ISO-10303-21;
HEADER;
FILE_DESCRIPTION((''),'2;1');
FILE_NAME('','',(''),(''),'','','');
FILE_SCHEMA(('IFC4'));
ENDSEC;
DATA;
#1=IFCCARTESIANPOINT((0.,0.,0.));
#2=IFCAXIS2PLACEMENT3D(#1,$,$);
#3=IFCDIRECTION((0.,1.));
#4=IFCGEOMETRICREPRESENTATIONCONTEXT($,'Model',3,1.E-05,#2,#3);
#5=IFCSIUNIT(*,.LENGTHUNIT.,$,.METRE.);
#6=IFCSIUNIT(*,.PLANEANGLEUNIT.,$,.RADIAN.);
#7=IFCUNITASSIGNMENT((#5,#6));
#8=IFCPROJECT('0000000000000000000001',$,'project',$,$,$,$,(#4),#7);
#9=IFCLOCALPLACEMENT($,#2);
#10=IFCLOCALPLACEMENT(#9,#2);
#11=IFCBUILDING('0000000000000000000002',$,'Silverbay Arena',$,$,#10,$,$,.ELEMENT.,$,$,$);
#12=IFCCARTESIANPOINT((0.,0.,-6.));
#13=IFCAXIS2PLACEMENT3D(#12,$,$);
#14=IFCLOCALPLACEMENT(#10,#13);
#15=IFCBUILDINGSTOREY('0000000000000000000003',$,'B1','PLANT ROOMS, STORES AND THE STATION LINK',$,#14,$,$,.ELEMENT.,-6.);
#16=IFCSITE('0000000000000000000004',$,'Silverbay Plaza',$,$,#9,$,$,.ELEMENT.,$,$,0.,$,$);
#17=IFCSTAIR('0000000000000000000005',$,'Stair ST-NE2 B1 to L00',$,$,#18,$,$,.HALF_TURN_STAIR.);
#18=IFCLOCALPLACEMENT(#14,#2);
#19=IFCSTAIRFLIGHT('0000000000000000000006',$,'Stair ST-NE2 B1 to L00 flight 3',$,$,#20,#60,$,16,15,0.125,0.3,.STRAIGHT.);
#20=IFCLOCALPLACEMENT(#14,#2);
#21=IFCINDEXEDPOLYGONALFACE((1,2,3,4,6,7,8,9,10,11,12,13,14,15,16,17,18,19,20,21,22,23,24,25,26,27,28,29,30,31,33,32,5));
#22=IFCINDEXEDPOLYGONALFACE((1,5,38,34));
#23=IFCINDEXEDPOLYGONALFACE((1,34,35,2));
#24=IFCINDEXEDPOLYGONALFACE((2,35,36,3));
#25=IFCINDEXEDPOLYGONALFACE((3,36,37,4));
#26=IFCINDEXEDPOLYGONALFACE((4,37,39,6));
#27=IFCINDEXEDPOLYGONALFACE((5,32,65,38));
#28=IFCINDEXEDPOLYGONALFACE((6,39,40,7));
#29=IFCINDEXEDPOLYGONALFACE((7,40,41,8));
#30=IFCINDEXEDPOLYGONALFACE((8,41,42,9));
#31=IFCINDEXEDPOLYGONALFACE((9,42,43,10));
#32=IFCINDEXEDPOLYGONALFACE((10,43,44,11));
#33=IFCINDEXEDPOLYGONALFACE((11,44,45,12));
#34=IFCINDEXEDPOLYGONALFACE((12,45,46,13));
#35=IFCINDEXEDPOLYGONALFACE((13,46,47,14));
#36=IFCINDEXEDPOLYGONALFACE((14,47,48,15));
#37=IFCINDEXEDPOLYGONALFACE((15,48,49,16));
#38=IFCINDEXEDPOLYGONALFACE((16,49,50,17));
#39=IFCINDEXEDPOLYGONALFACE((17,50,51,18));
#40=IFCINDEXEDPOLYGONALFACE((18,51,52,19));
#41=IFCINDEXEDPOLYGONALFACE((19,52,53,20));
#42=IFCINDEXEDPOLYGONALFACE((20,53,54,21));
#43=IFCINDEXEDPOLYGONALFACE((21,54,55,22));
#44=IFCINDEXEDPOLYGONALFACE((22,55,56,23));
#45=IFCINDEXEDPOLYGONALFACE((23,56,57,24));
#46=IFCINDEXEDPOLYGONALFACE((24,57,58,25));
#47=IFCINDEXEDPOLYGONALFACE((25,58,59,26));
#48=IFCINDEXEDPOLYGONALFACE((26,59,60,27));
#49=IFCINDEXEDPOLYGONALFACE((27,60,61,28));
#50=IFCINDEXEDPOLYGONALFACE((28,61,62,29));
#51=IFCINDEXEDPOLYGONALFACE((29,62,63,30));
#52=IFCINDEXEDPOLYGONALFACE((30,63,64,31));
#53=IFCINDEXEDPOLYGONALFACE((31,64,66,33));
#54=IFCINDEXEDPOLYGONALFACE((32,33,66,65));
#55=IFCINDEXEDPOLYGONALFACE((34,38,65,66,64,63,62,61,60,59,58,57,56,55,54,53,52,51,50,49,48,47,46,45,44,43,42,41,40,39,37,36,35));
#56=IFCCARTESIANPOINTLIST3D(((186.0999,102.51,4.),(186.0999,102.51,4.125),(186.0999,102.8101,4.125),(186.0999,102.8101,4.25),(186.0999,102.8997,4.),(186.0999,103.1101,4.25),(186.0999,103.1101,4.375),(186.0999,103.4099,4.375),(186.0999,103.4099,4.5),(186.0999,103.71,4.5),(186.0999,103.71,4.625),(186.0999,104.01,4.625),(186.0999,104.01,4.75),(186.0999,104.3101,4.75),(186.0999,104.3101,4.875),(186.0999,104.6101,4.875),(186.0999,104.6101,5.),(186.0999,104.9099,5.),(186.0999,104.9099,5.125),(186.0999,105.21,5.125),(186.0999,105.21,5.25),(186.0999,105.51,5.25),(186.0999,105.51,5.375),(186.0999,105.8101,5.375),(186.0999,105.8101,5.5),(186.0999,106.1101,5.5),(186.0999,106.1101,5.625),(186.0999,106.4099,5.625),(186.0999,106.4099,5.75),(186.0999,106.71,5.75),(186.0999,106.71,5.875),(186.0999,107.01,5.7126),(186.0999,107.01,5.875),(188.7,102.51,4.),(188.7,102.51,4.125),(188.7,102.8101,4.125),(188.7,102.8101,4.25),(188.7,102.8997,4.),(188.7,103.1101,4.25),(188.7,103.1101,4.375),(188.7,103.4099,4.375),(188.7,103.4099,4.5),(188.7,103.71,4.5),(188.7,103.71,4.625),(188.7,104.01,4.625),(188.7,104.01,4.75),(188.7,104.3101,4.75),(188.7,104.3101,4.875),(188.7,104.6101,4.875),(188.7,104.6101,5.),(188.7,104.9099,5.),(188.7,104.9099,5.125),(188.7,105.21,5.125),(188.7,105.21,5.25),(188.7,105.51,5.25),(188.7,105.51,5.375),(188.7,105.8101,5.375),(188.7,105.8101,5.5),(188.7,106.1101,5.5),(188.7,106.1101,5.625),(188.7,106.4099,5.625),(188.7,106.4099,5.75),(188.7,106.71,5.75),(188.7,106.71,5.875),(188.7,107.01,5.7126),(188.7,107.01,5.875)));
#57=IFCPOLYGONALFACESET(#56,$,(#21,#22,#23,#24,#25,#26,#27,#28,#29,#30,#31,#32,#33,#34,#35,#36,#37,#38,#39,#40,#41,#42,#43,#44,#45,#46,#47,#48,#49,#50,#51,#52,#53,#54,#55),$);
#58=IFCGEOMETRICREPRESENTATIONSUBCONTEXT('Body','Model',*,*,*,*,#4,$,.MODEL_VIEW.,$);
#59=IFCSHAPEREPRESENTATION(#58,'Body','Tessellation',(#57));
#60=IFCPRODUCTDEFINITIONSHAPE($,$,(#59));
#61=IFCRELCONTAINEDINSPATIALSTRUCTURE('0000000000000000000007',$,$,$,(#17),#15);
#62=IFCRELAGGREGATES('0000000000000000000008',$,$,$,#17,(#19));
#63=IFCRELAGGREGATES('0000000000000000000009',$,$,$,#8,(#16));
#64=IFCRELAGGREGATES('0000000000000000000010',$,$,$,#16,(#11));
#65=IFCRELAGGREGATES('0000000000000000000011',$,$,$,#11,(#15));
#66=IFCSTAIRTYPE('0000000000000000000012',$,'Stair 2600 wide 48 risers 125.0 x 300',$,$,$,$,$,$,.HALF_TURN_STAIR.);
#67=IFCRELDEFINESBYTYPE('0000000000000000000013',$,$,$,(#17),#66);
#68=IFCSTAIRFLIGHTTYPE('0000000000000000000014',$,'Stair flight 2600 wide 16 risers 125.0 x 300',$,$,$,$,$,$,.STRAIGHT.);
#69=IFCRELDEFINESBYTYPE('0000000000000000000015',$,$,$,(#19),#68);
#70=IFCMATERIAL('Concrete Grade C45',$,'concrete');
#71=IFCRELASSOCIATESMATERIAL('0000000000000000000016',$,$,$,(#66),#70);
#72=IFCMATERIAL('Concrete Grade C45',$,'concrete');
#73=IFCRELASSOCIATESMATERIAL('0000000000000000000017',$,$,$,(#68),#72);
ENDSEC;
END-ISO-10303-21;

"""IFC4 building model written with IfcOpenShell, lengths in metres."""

from ifc_helpers import new_model, si_unit, direction, frame, origin, place, context, subcontext, project, spatial, polyline, outline, extrude, material, type_object, element, aggregate, save


model = new_model("IFC4")

# Units and contexts
model_context = context("Model", 3, precision=1e-05, world=origin(), true_north=direction((0.0, 1.0)))
body_context = subcontext(model_context, "Body", "Model", "MODEL_VIEW")
ifc_project = project(units=[si_unit("LENGTHUNIT", "METRE"), si_unit("PLANEANGLEUNIT", "RADIAN")], contexts=[model_context])

# Site, building, storey
site_placement = place(None, origin())
site = spatial("IfcSite", under=ifc_project, at=site_placement, Name="Silverbay Plaza", CompositionType="ELEMENT", RefElevation=0.0)
building_placement = place(site_placement, origin())
building = spatial("IfcBuilding", under=site, at=building_placement, Name="Silverbay Arena", CompositionType="ELEMENT")
storey_placement = place(building_placement, frame((0.0, 0.0, -6.0)))
storey = spatial("IfcBuildingStorey", under=building, at=storey_placement, Name="B1", Description="PLANT ROOMS, STORES AND THE STATION LINK", CompositionType="ELEMENT", Elevation=-6.0)

# Stair, stair flight
ifc_material_1 = material(Name="Concrete Grade C45", Category="concrete")
stair_type = type_object("IfcStairType", Name="Stair 2600 wide 48 risers 125.0 x 300", PredefinedType="HALF_TURN_STAIR", material=ifc_material_1)
stair_placement = place(storey_placement, origin())
stair = element("IfcStair", 1, at=stair_placement, inside=storey, type_object=stair_type, Name="Stair ST-NE2 B1 to L00", PredefinedType="HALF_TURN_STAIR")
ifc_material_2 = material(Name="Concrete Grade C45", Category="concrete")
stair_flight_type = type_object("IfcStairFlightType", Name="Stair flight 2600 wide 16 risers 125.0 x 300", PredefinedType="STRAIGHT", material=ifc_material_2)
stair_flight_1_placement = place(storey_placement, frame((187.3999, 102.51, 4.0), z_axis=(0.0, 0.0, 1.0), x_axis=(0.0, 1.0, 0.0)))
stair_flight_1 = element("IfcStairFlight", 2, at=stair_flight_1_placement, type_object=stair_flight_type, Name="Stair ST-NE2 B1 to L00 flight 3", NumberOfRisers=16, NumberOfTreads=15, PredefinedType="STRAIGHT", RiserHeight=0.125, TreadLength=0.3, context=body_context, shape_type="SweptSolid", body=[
    extrude(outline(polyline([(0.0, 0.0), (0.0, 0.125), (0.3, 0.125), (0.3, 0.25), (0.6001, 0.25), (0.6001, 0.375), (0.8999, 0.375), (0.8999, 0.5), (1.2, 0.5), (1.2, 0.625), (1.5, 0.625), (1.5, 0.75), (1.8, 0.75), (1.8, 0.875), (2.1001, 0.875), (2.1001, 1.0), (2.3999, 1.0), (2.3999, 1.125), (2.7, 1.125), (2.7, 1.25), (3.0, 1.25), (3.0, 1.375), (3.3, 1.375), (3.3, 1.5), (3.6001, 1.5), (3.6001, 1.625), (3.8999, 1.625), (3.8999, 1.75), (4.2, 1.75), (4.2, 1.875), (4.5, 1.875), (4.5, 1.7126), (0.3896, 0.0), (0.0, 0.0)])), frame((0.0, 1.3, 0.0), z_axis=(0.0, -1.0, 0.0), x_axis=(1.0, 0.0, 0.0)), (0.0, 0.0, 1.0), 2.6001),
])
aggregate(stair, [stair_flight_1])

save(model, "model.ifc")
